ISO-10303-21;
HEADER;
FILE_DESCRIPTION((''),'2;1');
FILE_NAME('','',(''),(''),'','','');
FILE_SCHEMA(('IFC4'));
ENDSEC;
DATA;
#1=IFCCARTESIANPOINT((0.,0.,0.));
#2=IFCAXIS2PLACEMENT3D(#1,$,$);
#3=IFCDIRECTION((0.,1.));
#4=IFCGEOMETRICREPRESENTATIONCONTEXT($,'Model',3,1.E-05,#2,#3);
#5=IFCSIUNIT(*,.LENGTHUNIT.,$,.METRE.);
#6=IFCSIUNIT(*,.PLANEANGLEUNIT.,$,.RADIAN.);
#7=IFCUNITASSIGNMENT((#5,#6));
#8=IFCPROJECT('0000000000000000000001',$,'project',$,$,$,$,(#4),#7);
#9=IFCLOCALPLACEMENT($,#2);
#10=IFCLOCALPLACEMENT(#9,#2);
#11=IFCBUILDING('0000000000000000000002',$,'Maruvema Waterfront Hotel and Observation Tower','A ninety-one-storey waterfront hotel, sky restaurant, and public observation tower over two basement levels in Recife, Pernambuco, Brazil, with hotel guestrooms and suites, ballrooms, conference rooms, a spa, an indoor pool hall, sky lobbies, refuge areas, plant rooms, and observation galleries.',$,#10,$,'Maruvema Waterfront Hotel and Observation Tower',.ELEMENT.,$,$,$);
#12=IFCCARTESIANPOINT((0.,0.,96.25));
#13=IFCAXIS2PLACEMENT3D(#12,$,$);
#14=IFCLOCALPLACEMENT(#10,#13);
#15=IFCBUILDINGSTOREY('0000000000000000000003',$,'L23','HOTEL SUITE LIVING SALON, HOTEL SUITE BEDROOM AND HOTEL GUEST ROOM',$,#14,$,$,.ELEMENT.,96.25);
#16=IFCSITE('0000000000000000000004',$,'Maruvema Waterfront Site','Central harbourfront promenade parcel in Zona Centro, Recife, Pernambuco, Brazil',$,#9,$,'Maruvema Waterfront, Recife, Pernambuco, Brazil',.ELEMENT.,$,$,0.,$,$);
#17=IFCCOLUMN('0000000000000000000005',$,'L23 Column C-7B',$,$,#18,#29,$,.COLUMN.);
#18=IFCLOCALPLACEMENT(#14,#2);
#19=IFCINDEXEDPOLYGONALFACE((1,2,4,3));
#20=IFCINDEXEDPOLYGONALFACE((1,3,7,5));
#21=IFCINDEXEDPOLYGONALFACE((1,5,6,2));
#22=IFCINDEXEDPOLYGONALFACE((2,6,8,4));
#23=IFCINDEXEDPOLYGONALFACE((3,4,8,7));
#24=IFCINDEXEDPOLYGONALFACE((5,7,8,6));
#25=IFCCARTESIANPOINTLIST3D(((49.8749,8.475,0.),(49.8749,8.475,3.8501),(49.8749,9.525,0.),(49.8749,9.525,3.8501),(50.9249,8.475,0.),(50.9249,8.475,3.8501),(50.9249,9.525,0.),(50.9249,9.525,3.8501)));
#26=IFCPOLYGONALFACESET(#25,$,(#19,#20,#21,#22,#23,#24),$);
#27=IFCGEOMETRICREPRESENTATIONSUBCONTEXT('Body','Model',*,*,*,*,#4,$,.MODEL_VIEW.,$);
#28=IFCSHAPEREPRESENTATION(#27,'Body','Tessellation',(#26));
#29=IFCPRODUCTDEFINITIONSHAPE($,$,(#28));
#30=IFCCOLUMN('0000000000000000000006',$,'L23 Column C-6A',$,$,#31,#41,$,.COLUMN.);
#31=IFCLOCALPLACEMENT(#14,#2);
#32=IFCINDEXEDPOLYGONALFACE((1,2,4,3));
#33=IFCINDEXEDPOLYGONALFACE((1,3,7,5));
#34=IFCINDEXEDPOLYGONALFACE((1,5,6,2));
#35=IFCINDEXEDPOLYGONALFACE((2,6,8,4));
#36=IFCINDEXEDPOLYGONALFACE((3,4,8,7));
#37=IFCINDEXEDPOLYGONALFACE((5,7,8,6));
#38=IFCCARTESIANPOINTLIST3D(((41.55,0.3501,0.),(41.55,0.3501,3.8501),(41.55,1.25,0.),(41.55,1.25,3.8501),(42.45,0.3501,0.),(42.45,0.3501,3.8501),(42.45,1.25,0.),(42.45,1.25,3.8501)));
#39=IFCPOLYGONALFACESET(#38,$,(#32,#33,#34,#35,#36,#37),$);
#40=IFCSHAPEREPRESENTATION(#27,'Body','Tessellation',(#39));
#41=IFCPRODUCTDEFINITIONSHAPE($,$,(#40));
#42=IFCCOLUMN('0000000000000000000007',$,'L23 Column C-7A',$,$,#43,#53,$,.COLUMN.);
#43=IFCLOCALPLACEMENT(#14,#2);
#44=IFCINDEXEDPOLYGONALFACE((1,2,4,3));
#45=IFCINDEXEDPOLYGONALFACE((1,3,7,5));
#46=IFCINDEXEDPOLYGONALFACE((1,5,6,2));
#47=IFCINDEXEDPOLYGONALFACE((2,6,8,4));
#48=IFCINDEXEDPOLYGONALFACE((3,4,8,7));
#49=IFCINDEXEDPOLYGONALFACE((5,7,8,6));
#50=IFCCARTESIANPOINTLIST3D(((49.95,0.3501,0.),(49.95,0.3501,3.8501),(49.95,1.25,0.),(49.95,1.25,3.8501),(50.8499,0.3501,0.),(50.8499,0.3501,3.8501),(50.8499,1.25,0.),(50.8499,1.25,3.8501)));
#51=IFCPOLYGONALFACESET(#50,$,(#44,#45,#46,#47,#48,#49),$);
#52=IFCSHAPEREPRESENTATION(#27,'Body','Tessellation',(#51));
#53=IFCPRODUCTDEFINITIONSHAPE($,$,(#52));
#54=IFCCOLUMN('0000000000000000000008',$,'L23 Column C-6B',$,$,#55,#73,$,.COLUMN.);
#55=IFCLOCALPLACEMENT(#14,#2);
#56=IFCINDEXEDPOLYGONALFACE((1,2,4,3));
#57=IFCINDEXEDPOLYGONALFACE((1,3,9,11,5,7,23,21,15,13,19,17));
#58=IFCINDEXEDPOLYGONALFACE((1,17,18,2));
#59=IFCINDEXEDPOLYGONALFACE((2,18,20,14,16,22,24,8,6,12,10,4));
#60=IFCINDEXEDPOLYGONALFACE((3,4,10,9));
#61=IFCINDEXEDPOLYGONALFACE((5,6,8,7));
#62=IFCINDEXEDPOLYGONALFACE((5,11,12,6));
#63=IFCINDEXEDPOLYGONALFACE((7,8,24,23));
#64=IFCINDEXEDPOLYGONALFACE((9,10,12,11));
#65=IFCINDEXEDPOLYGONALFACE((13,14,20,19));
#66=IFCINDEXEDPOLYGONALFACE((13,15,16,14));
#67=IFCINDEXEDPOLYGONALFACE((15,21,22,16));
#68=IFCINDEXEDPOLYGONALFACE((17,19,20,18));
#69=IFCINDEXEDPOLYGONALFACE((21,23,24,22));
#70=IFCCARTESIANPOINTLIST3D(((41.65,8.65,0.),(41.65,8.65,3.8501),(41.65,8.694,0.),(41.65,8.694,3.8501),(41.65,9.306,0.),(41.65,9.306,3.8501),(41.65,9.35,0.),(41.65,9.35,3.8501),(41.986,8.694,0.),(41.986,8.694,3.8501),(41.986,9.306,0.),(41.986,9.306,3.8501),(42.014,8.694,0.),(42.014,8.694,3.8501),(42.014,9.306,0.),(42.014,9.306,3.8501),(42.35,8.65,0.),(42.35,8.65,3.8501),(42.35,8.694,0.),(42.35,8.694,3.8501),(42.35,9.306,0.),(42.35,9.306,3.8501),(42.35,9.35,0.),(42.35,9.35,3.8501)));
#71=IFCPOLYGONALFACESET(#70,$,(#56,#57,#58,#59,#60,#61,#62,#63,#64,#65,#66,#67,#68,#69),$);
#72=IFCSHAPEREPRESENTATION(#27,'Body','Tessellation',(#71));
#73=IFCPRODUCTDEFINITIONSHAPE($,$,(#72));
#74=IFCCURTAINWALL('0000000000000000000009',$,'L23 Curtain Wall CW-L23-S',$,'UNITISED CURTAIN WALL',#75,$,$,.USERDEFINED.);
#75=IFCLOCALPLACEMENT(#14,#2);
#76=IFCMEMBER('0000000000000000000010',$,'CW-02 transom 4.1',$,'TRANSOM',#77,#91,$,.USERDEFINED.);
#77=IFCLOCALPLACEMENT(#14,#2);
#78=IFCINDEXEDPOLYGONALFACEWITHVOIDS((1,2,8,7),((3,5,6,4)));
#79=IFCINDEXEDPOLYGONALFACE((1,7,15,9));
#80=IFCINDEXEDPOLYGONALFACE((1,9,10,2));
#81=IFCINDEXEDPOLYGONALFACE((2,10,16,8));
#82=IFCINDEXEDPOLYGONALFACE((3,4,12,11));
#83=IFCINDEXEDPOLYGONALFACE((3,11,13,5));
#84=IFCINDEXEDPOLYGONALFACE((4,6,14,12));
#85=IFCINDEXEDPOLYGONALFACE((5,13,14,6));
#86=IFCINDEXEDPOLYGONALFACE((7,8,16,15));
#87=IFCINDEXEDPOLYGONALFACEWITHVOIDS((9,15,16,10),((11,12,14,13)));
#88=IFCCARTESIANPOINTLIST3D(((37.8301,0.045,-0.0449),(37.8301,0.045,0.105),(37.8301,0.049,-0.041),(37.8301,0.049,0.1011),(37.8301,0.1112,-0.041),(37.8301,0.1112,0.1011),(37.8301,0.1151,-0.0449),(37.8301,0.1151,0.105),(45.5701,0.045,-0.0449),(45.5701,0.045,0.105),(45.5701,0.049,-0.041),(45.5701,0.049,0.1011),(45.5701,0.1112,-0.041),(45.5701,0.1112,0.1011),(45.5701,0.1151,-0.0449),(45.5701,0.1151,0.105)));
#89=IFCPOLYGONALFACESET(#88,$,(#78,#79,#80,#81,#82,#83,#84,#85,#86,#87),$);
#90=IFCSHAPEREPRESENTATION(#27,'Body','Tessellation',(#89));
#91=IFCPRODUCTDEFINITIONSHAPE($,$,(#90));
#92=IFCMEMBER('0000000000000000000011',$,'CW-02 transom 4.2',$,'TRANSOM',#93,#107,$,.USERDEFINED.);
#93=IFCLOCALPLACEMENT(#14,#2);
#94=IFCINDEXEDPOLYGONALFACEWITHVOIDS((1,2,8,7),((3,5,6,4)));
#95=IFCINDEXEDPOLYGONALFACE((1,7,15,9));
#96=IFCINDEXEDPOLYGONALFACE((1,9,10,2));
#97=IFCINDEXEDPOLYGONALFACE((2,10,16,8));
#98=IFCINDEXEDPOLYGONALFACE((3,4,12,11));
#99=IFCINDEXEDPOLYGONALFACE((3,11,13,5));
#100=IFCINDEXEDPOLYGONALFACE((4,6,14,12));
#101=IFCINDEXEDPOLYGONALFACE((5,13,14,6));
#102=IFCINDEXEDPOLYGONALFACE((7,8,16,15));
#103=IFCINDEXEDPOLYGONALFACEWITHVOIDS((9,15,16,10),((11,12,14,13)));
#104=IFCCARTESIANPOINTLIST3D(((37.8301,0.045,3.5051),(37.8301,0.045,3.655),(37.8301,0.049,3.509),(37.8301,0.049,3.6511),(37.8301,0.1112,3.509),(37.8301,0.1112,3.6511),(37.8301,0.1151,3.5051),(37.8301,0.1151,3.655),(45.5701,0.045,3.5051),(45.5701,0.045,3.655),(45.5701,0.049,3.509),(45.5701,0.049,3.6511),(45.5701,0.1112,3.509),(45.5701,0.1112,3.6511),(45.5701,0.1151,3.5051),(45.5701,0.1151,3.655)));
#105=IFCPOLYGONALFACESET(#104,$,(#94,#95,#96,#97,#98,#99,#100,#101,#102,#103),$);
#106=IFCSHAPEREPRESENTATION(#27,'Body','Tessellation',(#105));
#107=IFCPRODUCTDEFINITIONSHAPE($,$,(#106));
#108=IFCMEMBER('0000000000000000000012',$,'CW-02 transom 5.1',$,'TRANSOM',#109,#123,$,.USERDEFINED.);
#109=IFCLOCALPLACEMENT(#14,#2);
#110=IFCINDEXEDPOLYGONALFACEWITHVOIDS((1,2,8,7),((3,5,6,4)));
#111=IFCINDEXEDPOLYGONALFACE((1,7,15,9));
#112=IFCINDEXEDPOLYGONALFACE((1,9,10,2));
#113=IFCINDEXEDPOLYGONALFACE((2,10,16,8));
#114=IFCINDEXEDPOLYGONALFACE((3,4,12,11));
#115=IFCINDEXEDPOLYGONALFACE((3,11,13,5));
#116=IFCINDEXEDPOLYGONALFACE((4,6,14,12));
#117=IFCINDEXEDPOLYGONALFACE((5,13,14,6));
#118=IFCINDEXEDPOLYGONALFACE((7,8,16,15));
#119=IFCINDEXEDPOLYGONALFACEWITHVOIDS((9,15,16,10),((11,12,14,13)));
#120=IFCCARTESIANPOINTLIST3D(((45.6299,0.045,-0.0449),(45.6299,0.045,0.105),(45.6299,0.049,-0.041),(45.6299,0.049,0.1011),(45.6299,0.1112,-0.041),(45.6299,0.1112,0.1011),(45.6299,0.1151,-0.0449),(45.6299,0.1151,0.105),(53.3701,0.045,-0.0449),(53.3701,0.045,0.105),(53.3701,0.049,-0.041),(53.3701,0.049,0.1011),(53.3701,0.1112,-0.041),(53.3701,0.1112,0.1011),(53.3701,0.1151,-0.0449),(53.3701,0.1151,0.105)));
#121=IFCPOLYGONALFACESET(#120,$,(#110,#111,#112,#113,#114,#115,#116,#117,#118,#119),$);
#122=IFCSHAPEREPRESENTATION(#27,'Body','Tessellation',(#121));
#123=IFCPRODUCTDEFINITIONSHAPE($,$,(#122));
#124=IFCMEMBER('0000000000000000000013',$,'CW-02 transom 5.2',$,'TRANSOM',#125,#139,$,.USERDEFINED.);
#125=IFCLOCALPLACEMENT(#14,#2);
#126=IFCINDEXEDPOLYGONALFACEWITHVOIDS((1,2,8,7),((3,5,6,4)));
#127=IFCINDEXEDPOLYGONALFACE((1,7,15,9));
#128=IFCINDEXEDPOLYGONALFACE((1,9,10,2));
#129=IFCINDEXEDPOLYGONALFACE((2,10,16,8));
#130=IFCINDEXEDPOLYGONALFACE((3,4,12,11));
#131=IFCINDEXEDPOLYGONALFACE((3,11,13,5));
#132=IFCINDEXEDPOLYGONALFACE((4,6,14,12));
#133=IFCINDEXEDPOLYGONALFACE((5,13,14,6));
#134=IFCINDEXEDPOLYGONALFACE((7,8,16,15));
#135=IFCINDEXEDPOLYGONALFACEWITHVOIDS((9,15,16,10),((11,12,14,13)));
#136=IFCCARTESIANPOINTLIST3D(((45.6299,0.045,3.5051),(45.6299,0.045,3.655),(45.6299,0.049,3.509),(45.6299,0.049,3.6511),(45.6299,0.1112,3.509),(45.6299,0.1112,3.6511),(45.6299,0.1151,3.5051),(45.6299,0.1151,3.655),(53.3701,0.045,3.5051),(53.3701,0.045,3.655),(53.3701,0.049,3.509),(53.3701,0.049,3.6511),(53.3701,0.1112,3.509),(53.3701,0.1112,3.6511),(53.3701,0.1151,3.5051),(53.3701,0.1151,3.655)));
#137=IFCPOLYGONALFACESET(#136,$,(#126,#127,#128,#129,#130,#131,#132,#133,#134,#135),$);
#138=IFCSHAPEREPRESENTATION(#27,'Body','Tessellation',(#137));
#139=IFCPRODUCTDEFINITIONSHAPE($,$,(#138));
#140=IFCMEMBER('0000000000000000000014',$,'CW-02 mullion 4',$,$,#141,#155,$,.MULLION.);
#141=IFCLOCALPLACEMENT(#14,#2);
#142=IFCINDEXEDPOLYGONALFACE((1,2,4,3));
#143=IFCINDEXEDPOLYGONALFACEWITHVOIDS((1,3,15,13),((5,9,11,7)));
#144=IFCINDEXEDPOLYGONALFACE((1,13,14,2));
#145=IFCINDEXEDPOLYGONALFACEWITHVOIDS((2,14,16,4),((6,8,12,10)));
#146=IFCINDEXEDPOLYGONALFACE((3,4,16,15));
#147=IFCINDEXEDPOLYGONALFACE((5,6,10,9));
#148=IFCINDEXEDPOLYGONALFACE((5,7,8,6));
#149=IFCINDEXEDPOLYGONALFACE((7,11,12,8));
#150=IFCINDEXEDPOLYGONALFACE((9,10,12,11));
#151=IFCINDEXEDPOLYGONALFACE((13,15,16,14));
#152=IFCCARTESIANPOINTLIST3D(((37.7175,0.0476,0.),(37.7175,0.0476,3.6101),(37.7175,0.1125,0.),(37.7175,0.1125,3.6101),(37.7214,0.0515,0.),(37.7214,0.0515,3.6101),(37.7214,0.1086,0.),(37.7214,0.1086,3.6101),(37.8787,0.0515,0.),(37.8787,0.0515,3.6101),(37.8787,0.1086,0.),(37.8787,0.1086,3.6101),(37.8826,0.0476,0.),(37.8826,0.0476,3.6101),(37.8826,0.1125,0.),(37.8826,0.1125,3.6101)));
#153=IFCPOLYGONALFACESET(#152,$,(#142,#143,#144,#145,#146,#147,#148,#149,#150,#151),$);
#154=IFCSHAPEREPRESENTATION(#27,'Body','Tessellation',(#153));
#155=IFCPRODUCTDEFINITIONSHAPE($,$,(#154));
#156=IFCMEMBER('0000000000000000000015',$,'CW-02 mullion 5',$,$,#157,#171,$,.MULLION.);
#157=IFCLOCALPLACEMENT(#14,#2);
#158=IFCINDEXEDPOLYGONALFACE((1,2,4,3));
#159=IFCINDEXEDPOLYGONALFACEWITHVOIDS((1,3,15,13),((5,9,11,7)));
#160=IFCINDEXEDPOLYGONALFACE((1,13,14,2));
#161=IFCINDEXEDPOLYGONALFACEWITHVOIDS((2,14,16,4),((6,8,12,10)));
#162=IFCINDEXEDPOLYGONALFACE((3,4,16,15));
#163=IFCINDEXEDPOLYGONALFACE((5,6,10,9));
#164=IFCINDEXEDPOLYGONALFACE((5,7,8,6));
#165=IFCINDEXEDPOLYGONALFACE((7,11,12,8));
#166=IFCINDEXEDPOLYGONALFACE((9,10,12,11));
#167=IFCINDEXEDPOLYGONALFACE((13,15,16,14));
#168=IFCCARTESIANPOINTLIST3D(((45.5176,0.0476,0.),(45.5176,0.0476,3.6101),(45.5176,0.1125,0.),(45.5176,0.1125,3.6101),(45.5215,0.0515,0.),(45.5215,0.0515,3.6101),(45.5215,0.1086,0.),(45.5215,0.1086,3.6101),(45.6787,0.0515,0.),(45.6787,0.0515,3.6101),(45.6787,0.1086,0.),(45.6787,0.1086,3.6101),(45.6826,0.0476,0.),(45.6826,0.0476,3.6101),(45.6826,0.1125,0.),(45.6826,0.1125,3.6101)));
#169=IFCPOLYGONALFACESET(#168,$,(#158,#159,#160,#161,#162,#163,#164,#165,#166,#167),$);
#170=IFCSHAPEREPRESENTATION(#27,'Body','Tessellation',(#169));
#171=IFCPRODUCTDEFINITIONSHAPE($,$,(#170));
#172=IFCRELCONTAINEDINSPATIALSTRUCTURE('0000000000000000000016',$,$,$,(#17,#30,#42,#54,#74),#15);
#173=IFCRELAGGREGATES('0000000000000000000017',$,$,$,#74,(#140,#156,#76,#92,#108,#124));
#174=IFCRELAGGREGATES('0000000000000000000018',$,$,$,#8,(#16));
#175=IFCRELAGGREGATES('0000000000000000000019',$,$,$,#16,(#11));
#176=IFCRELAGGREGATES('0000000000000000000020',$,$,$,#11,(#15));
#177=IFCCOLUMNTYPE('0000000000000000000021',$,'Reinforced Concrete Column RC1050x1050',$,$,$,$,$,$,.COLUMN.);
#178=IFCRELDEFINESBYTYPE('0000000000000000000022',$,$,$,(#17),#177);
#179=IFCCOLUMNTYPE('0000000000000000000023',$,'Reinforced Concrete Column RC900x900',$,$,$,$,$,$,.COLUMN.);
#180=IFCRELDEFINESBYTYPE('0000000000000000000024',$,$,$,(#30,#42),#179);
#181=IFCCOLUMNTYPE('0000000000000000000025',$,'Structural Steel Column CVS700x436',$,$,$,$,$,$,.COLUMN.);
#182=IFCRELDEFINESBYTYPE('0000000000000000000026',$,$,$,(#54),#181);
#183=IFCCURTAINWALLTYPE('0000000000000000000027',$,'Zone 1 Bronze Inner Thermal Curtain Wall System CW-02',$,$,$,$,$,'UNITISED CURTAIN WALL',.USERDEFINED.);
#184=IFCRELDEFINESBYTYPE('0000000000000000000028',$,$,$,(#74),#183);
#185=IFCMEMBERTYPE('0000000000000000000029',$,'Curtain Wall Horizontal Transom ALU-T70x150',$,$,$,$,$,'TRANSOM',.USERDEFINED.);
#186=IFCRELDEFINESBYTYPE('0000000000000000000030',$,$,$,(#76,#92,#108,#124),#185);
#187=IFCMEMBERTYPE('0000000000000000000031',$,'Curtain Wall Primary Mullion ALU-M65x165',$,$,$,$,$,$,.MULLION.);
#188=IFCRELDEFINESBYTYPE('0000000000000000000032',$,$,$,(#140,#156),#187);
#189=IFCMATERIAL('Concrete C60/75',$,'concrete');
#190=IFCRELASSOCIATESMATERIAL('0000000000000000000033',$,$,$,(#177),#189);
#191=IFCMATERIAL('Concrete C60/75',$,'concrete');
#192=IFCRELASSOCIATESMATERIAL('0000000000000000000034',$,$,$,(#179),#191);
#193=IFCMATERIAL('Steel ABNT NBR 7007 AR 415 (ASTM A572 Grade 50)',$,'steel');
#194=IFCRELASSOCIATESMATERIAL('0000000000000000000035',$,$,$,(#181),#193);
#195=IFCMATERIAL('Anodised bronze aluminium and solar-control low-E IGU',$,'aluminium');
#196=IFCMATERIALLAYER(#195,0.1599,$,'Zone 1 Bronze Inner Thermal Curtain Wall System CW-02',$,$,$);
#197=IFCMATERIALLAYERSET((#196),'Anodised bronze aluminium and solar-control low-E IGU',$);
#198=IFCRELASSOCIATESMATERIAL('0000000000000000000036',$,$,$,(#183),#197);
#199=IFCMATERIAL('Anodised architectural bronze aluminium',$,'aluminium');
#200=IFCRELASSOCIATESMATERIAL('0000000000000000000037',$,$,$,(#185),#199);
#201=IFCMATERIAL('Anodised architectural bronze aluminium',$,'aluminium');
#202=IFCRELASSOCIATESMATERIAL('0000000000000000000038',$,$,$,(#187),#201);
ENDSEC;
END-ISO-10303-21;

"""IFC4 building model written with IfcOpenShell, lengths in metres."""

from ifc_helpers import new_model, si_unit, direction, frame, origin, origin_2d, place, context, subcontext, project, spatial, rectangle, hollow_rectangle, i_section, extrude, material, layer, layer_set, material_profile, profile_set, type_object, element, aggregate, save


model = new_model("IFC4")

# Units and contexts
model_context = context("Model", 3, precision=1e-05, world=origin(), true_north=direction((0.0, 1.0)))
body_context = subcontext(model_context, "Body", "Model", "MODEL_VIEW")
ifc_project = project(units=[si_unit("LENGTHUNIT", "METRE"), si_unit("PLANEANGLEUNIT", "RADIAN")], contexts=[model_context])

# Site, building, storey
site_placement = place(None, origin())
site = spatial("IfcSite", under=ifc_project, at=site_placement, Name="Maruvema Waterfront Site", Description="Central harbourfront promenade parcel in Zona Centro, Recife, Pernambuco, Brazil", LongName="Maruvema Waterfront, Recife, Pernambuco, Brazil", CompositionType="ELEMENT", RefElevation=0.0)
building_placement = place(site_placement, origin())
building = spatial("IfcBuilding", under=site, at=building_placement, Name="Maruvema Waterfront Hotel and Observation Tower", Description="A ninety-one-storey waterfront hotel, sky restaurant, and public observation tower over two basement levels in Recife, Pernambuco, Brazil, with hotel guestrooms and suites, ballrooms, conference rooms, a spa, an indoor pool hall, sky lobbies, refuge areas, plant rooms, and observation galleries.", LongName="Maruvema Waterfront Hotel and Observation Tower", CompositionType="ELEMENT")
storey_placement = place(building_placement, frame((0.0, 0.0, 96.25)))
storey = spatial("IfcBuildingStorey", under=building, at=storey_placement, Name="L23", Description="HOTEL SUITE LIVING SALON, HOTEL SUITE BEDROOM AND HOTEL GUEST ROOM", CompositionType="ELEMENT", Elevation=96.25)

# Columns
ifc_material_1 = material(Name="Concrete C60/75", Category="concrete")
ifc_material_profile_1 = material_profile(ifc_material_1, rectangle(XDim=1.05, YDim=1.05, at=origin_2d()), Name="RC1050x1050")
ifc_profile_set_1 = profile_set([ifc_material_profile_1], Name="Concrete C60/75")
column_type_1 = type_object("IfcColumnType", Name="Reinforced Concrete Column RC1050x1050", PredefinedType="COLUMN", material=ifc_profile_set_1)
column_1_placement = place(storey_placement, frame((50.3999, 9.0, 0.0), z_axis=(0.0, 0.0, 1.0), x_axis=(1.0, 0.0, 0.0)))
element("IfcColumn", 1, at=column_1_placement, inside=storey, type_object=column_type_1, Name="L23 Column C-7B", PredefinedType="COLUMN", context=body_context, shape_type="SweptSolid", body=[
    extrude(rectangle(XDim=1.05, YDim=1.05, at=origin_2d()), origin(), (0.0, 0.0, 1.0), 3.8501),
])
ifc_material_2 = material(Name="Concrete C60/75", Category="concrete")
ifc_material_profile_2 = material_profile(ifc_material_2, rectangle(XDim=0.8999, YDim=0.8999, at=origin_2d()), Name="RC900x900")
ifc_profile_set_2 = profile_set([ifc_material_profile_2], Name="Concrete C60/75")
column_type_2 = type_object("IfcColumnType", Name="Reinforced Concrete Column RC900x900", PredefinedType="COLUMN", material=ifc_profile_set_2)
for number, where, z_axis, x_axis, name in (
    (2, (42.0, 0.8, 0.0), (0.0, 0.0, 1.0), (1.0, 0.0, 0.0), "L23 Column C-6A"),
    (3, (50.3999, 0.8, 0.0), (0.0, 0.0, 1.0), (1.0, 0.0, 0.0), "L23 Column C-7A"),
):
    element("IfcColumn", number, at=place(storey_placement, frame(where, z_axis=z_axis, x_axis=x_axis)), inside=storey, type_object=column_type_2, Name=name, PredefinedType="COLUMN", context=body_context, shape_type="SweptSolid", body=[
        extrude(rectangle(XDim=0.8999, YDim=0.8999, at=origin_2d()), origin(), (0.0, 0.0, 1.0), 3.8501),
    ])
ifc_material_3 = material(Name="Steel ABNT NBR 7007 AR 415 (ASTM A572 Grade 50)", Category="steel")
ifc_material_profile_3 = material_profile(ifc_material_3, i_section(OverallWidth=0.7, OverallDepth=0.7, WebThickness=0.0281, FlangeThickness=0.0439, at=origin_2d()), Name="CVS700x436")
ifc_profile_set_3 = profile_set([ifc_material_profile_3], Name="Steel ABNT NBR 7007 AR 415 (ASTM A572 Grade 50)")
column_type_3 = type_object("IfcColumnType", Name="Structural Steel Column CVS700x436", PredefinedType="COLUMN", material=ifc_profile_set_3)
column_2_placement = place(storey_placement, frame((42.0, 9.0, 0.0), z_axis=(0.0, 0.0, 1.0), x_axis=(1.0, 0.0, 0.0)))
element("IfcColumn", 4, at=column_2_placement, inside=storey, type_object=column_type_3, Name="L23 Column C-6B", PredefinedType="COLUMN", context=body_context, shape_type="SweptSolid", body=[
    extrude(i_section(OverallWidth=0.7, OverallDepth=0.7, WebThickness=0.0281, FlangeThickness=0.0439, at=origin_2d()), origin(), (0.0, 0.0, 1.0), 3.8501),
])

# Curtain wall, members
ifc_material_4 = material(Name="Anodised bronze aluminium and solar-control low-E IGU", Category="aluminium")
ifc_layer_1 = layer(ifc_material_4, 0.1599, Name="Zone 1 Bronze Inner Thermal Curtain Wall System CW-02")
ifc_layer_set_1 = layer_set([ifc_layer_1], Name="Anodised bronze aluminium and solar-control low-E IGU")
curtain_wall_type = type_object("IfcCurtainWallType", Name="Zone 1 Bronze Inner Thermal Curtain Wall System CW-02", ElementType="UNITISED CURTAIN WALL", PredefinedType="USERDEFINED", material=ifc_layer_set_1)
curtain_wall_placement = place(storey_placement, origin())
curtain_wall = element("IfcCurtainWall", 5, at=curtain_wall_placement, inside=storey, type_object=curtain_wall_type, Name="L23 Curtain Wall CW-L23-S", ObjectType="UNITISED CURTAIN WALL", PredefinedType="USERDEFINED")
ifc_material_5 = material(Name="Anodised architectural bronze aluminium", Category="aluminium")
ifc_material_profile_4 = material_profile(ifc_material_5, hollow_rectangle(XDim=0.0701, YDim=0.1499, WallThickness=0.0039, at=origin_2d()), Name="ALU-T70x150")
ifc_profile_set_4 = profile_set([ifc_material_profile_4], Name="Anodised architectural bronze aluminium")
member_type_1 = type_object("IfcMemberType", Name="Curtain Wall Horizontal Transom ALU-T70x150", ElementType="TRANSOM", PredefinedType="USERDEFINED", material=ifc_profile_set_4)
member_1_placement = place(storey_placement, frame((37.8301, 0.0801, 0.03), z_axis=(1.0, 0.0, 0.0), x_axis=(0.0, 1.0, 0.0)))
member_1 = element("IfcMember", 6, at=member_1_placement, type_object=member_type_1, Name="CW-02 transom 4.1", ObjectType="TRANSOM", PredefinedType="USERDEFINED", context=body_context, shape_type="SweptSolid", body=[
    extrude(hollow_rectangle(XDim=0.0701, YDim=0.1499, WallThickness=0.0039, at=origin_2d()), origin(), (0.0, 0.0, 1.0), 7.74),
])
member_2_placement = place(storey_placement, frame((37.8301, 0.0801, 3.5801), z_axis=(1.0, 0.0, 0.0), x_axis=(0.0, 1.0, 0.0)))
member_2 = element("IfcMember", 7, at=member_2_placement, type_object=member_type_1, Name="CW-02 transom 4.2", ObjectType="TRANSOM", PredefinedType="USERDEFINED", context=body_context, shape_type="SweptSolid", body=[
    extrude(hollow_rectangle(XDim=0.0701, YDim=0.1499, WallThickness=0.0039, at=origin_2d()), origin(), (0.0, 0.0, 1.0), 7.74),
])
member_3_placement = place(storey_placement, frame((45.6299, 0.0801, 0.03), z_axis=(1.0, 0.0, 0.0), x_axis=(0.0, 1.0, 0.0)))
member_3 = element("IfcMember", 8, at=member_3_placement, type_object=member_type_1, Name="CW-02 transom 5.1", ObjectType="TRANSOM", PredefinedType="USERDEFINED", context=body_context, shape_type="SweptSolid", body=[
    extrude(hollow_rectangle(XDim=0.0701, YDim=0.1499, WallThickness=0.0039, at=origin_2d()), origin(), (0.0, 0.0, 1.0), 7.7402),
])
member_4_placement = place(storey_placement, frame((45.6299, 0.0801, 3.5801), z_axis=(1.0, 0.0, 0.0), x_axis=(0.0, 1.0, 0.0)))
member_4 = element("IfcMember", 9, at=member_4_placement, type_object=member_type_1, Name="CW-02 transom 5.2", ObjectType="TRANSOM", PredefinedType="USERDEFINED", context=body_context, shape_type="SweptSolid", body=[
    extrude(hollow_rectangle(XDim=0.0701, YDim=0.1499, WallThickness=0.0039, at=origin_2d()), origin(), (0.0, 0.0, 1.0), 7.7402),
])
ifc_material_6 = material(Name="Anodised architectural bronze aluminium", Category="aluminium")
ifc_material_profile_5 = material_profile(ifc_material_6, hollow_rectangle(XDim=0.0649, YDim=0.165, WallThickness=0.0039, at=origin_2d()), Name="ALU-M65x165")
ifc_profile_set_5 = profile_set([ifc_material_profile_5], Name="Anodised architectural bronze aluminium")
member_type_2 = type_object("IfcMemberType", Name="Curtain Wall Primary Mullion ALU-M65x165", PredefinedType="MULLION", material=ifc_profile_set_5)
member_5_placement = place(storey_placement, frame((37.8, 0.0801, 0.0), z_axis=(0.0, 0.0, 1.0), x_axis=(0.0, 1.0, 0.0)))
member_5 = element("IfcMember", 10, at=member_5_placement, type_object=member_type_2, Name="CW-02 mullion 4", PredefinedType="MULLION", context=body_context, shape_type="SweptSolid", body=[
    extrude(hollow_rectangle(XDim=0.0649, YDim=0.165, WallThickness=0.0039, at=origin_2d()), origin(), (0.0, 0.0, 1.0), 3.6101),
])
member_6_placement = place(storey_placement, frame((45.6001, 0.0801, 0.0), z_axis=(0.0, 0.0, 1.0), x_axis=(0.0, 1.0, 0.0)))
member_6 = element("IfcMember", 11, at=member_6_placement, type_object=member_type_2, Name="CW-02 mullion 5", PredefinedType="MULLION", context=body_context, shape_type="SweptSolid", body=[
    extrude(hollow_rectangle(XDim=0.0649, YDim=0.165, WallThickness=0.0039, at=origin_2d()), origin(), (0.0, 0.0, 1.0), 3.6101),
])

aggregate(curtain_wall, [member_5, member_6, member_1, member_2, member_3, member_4])

save(model, "model.ifc")
